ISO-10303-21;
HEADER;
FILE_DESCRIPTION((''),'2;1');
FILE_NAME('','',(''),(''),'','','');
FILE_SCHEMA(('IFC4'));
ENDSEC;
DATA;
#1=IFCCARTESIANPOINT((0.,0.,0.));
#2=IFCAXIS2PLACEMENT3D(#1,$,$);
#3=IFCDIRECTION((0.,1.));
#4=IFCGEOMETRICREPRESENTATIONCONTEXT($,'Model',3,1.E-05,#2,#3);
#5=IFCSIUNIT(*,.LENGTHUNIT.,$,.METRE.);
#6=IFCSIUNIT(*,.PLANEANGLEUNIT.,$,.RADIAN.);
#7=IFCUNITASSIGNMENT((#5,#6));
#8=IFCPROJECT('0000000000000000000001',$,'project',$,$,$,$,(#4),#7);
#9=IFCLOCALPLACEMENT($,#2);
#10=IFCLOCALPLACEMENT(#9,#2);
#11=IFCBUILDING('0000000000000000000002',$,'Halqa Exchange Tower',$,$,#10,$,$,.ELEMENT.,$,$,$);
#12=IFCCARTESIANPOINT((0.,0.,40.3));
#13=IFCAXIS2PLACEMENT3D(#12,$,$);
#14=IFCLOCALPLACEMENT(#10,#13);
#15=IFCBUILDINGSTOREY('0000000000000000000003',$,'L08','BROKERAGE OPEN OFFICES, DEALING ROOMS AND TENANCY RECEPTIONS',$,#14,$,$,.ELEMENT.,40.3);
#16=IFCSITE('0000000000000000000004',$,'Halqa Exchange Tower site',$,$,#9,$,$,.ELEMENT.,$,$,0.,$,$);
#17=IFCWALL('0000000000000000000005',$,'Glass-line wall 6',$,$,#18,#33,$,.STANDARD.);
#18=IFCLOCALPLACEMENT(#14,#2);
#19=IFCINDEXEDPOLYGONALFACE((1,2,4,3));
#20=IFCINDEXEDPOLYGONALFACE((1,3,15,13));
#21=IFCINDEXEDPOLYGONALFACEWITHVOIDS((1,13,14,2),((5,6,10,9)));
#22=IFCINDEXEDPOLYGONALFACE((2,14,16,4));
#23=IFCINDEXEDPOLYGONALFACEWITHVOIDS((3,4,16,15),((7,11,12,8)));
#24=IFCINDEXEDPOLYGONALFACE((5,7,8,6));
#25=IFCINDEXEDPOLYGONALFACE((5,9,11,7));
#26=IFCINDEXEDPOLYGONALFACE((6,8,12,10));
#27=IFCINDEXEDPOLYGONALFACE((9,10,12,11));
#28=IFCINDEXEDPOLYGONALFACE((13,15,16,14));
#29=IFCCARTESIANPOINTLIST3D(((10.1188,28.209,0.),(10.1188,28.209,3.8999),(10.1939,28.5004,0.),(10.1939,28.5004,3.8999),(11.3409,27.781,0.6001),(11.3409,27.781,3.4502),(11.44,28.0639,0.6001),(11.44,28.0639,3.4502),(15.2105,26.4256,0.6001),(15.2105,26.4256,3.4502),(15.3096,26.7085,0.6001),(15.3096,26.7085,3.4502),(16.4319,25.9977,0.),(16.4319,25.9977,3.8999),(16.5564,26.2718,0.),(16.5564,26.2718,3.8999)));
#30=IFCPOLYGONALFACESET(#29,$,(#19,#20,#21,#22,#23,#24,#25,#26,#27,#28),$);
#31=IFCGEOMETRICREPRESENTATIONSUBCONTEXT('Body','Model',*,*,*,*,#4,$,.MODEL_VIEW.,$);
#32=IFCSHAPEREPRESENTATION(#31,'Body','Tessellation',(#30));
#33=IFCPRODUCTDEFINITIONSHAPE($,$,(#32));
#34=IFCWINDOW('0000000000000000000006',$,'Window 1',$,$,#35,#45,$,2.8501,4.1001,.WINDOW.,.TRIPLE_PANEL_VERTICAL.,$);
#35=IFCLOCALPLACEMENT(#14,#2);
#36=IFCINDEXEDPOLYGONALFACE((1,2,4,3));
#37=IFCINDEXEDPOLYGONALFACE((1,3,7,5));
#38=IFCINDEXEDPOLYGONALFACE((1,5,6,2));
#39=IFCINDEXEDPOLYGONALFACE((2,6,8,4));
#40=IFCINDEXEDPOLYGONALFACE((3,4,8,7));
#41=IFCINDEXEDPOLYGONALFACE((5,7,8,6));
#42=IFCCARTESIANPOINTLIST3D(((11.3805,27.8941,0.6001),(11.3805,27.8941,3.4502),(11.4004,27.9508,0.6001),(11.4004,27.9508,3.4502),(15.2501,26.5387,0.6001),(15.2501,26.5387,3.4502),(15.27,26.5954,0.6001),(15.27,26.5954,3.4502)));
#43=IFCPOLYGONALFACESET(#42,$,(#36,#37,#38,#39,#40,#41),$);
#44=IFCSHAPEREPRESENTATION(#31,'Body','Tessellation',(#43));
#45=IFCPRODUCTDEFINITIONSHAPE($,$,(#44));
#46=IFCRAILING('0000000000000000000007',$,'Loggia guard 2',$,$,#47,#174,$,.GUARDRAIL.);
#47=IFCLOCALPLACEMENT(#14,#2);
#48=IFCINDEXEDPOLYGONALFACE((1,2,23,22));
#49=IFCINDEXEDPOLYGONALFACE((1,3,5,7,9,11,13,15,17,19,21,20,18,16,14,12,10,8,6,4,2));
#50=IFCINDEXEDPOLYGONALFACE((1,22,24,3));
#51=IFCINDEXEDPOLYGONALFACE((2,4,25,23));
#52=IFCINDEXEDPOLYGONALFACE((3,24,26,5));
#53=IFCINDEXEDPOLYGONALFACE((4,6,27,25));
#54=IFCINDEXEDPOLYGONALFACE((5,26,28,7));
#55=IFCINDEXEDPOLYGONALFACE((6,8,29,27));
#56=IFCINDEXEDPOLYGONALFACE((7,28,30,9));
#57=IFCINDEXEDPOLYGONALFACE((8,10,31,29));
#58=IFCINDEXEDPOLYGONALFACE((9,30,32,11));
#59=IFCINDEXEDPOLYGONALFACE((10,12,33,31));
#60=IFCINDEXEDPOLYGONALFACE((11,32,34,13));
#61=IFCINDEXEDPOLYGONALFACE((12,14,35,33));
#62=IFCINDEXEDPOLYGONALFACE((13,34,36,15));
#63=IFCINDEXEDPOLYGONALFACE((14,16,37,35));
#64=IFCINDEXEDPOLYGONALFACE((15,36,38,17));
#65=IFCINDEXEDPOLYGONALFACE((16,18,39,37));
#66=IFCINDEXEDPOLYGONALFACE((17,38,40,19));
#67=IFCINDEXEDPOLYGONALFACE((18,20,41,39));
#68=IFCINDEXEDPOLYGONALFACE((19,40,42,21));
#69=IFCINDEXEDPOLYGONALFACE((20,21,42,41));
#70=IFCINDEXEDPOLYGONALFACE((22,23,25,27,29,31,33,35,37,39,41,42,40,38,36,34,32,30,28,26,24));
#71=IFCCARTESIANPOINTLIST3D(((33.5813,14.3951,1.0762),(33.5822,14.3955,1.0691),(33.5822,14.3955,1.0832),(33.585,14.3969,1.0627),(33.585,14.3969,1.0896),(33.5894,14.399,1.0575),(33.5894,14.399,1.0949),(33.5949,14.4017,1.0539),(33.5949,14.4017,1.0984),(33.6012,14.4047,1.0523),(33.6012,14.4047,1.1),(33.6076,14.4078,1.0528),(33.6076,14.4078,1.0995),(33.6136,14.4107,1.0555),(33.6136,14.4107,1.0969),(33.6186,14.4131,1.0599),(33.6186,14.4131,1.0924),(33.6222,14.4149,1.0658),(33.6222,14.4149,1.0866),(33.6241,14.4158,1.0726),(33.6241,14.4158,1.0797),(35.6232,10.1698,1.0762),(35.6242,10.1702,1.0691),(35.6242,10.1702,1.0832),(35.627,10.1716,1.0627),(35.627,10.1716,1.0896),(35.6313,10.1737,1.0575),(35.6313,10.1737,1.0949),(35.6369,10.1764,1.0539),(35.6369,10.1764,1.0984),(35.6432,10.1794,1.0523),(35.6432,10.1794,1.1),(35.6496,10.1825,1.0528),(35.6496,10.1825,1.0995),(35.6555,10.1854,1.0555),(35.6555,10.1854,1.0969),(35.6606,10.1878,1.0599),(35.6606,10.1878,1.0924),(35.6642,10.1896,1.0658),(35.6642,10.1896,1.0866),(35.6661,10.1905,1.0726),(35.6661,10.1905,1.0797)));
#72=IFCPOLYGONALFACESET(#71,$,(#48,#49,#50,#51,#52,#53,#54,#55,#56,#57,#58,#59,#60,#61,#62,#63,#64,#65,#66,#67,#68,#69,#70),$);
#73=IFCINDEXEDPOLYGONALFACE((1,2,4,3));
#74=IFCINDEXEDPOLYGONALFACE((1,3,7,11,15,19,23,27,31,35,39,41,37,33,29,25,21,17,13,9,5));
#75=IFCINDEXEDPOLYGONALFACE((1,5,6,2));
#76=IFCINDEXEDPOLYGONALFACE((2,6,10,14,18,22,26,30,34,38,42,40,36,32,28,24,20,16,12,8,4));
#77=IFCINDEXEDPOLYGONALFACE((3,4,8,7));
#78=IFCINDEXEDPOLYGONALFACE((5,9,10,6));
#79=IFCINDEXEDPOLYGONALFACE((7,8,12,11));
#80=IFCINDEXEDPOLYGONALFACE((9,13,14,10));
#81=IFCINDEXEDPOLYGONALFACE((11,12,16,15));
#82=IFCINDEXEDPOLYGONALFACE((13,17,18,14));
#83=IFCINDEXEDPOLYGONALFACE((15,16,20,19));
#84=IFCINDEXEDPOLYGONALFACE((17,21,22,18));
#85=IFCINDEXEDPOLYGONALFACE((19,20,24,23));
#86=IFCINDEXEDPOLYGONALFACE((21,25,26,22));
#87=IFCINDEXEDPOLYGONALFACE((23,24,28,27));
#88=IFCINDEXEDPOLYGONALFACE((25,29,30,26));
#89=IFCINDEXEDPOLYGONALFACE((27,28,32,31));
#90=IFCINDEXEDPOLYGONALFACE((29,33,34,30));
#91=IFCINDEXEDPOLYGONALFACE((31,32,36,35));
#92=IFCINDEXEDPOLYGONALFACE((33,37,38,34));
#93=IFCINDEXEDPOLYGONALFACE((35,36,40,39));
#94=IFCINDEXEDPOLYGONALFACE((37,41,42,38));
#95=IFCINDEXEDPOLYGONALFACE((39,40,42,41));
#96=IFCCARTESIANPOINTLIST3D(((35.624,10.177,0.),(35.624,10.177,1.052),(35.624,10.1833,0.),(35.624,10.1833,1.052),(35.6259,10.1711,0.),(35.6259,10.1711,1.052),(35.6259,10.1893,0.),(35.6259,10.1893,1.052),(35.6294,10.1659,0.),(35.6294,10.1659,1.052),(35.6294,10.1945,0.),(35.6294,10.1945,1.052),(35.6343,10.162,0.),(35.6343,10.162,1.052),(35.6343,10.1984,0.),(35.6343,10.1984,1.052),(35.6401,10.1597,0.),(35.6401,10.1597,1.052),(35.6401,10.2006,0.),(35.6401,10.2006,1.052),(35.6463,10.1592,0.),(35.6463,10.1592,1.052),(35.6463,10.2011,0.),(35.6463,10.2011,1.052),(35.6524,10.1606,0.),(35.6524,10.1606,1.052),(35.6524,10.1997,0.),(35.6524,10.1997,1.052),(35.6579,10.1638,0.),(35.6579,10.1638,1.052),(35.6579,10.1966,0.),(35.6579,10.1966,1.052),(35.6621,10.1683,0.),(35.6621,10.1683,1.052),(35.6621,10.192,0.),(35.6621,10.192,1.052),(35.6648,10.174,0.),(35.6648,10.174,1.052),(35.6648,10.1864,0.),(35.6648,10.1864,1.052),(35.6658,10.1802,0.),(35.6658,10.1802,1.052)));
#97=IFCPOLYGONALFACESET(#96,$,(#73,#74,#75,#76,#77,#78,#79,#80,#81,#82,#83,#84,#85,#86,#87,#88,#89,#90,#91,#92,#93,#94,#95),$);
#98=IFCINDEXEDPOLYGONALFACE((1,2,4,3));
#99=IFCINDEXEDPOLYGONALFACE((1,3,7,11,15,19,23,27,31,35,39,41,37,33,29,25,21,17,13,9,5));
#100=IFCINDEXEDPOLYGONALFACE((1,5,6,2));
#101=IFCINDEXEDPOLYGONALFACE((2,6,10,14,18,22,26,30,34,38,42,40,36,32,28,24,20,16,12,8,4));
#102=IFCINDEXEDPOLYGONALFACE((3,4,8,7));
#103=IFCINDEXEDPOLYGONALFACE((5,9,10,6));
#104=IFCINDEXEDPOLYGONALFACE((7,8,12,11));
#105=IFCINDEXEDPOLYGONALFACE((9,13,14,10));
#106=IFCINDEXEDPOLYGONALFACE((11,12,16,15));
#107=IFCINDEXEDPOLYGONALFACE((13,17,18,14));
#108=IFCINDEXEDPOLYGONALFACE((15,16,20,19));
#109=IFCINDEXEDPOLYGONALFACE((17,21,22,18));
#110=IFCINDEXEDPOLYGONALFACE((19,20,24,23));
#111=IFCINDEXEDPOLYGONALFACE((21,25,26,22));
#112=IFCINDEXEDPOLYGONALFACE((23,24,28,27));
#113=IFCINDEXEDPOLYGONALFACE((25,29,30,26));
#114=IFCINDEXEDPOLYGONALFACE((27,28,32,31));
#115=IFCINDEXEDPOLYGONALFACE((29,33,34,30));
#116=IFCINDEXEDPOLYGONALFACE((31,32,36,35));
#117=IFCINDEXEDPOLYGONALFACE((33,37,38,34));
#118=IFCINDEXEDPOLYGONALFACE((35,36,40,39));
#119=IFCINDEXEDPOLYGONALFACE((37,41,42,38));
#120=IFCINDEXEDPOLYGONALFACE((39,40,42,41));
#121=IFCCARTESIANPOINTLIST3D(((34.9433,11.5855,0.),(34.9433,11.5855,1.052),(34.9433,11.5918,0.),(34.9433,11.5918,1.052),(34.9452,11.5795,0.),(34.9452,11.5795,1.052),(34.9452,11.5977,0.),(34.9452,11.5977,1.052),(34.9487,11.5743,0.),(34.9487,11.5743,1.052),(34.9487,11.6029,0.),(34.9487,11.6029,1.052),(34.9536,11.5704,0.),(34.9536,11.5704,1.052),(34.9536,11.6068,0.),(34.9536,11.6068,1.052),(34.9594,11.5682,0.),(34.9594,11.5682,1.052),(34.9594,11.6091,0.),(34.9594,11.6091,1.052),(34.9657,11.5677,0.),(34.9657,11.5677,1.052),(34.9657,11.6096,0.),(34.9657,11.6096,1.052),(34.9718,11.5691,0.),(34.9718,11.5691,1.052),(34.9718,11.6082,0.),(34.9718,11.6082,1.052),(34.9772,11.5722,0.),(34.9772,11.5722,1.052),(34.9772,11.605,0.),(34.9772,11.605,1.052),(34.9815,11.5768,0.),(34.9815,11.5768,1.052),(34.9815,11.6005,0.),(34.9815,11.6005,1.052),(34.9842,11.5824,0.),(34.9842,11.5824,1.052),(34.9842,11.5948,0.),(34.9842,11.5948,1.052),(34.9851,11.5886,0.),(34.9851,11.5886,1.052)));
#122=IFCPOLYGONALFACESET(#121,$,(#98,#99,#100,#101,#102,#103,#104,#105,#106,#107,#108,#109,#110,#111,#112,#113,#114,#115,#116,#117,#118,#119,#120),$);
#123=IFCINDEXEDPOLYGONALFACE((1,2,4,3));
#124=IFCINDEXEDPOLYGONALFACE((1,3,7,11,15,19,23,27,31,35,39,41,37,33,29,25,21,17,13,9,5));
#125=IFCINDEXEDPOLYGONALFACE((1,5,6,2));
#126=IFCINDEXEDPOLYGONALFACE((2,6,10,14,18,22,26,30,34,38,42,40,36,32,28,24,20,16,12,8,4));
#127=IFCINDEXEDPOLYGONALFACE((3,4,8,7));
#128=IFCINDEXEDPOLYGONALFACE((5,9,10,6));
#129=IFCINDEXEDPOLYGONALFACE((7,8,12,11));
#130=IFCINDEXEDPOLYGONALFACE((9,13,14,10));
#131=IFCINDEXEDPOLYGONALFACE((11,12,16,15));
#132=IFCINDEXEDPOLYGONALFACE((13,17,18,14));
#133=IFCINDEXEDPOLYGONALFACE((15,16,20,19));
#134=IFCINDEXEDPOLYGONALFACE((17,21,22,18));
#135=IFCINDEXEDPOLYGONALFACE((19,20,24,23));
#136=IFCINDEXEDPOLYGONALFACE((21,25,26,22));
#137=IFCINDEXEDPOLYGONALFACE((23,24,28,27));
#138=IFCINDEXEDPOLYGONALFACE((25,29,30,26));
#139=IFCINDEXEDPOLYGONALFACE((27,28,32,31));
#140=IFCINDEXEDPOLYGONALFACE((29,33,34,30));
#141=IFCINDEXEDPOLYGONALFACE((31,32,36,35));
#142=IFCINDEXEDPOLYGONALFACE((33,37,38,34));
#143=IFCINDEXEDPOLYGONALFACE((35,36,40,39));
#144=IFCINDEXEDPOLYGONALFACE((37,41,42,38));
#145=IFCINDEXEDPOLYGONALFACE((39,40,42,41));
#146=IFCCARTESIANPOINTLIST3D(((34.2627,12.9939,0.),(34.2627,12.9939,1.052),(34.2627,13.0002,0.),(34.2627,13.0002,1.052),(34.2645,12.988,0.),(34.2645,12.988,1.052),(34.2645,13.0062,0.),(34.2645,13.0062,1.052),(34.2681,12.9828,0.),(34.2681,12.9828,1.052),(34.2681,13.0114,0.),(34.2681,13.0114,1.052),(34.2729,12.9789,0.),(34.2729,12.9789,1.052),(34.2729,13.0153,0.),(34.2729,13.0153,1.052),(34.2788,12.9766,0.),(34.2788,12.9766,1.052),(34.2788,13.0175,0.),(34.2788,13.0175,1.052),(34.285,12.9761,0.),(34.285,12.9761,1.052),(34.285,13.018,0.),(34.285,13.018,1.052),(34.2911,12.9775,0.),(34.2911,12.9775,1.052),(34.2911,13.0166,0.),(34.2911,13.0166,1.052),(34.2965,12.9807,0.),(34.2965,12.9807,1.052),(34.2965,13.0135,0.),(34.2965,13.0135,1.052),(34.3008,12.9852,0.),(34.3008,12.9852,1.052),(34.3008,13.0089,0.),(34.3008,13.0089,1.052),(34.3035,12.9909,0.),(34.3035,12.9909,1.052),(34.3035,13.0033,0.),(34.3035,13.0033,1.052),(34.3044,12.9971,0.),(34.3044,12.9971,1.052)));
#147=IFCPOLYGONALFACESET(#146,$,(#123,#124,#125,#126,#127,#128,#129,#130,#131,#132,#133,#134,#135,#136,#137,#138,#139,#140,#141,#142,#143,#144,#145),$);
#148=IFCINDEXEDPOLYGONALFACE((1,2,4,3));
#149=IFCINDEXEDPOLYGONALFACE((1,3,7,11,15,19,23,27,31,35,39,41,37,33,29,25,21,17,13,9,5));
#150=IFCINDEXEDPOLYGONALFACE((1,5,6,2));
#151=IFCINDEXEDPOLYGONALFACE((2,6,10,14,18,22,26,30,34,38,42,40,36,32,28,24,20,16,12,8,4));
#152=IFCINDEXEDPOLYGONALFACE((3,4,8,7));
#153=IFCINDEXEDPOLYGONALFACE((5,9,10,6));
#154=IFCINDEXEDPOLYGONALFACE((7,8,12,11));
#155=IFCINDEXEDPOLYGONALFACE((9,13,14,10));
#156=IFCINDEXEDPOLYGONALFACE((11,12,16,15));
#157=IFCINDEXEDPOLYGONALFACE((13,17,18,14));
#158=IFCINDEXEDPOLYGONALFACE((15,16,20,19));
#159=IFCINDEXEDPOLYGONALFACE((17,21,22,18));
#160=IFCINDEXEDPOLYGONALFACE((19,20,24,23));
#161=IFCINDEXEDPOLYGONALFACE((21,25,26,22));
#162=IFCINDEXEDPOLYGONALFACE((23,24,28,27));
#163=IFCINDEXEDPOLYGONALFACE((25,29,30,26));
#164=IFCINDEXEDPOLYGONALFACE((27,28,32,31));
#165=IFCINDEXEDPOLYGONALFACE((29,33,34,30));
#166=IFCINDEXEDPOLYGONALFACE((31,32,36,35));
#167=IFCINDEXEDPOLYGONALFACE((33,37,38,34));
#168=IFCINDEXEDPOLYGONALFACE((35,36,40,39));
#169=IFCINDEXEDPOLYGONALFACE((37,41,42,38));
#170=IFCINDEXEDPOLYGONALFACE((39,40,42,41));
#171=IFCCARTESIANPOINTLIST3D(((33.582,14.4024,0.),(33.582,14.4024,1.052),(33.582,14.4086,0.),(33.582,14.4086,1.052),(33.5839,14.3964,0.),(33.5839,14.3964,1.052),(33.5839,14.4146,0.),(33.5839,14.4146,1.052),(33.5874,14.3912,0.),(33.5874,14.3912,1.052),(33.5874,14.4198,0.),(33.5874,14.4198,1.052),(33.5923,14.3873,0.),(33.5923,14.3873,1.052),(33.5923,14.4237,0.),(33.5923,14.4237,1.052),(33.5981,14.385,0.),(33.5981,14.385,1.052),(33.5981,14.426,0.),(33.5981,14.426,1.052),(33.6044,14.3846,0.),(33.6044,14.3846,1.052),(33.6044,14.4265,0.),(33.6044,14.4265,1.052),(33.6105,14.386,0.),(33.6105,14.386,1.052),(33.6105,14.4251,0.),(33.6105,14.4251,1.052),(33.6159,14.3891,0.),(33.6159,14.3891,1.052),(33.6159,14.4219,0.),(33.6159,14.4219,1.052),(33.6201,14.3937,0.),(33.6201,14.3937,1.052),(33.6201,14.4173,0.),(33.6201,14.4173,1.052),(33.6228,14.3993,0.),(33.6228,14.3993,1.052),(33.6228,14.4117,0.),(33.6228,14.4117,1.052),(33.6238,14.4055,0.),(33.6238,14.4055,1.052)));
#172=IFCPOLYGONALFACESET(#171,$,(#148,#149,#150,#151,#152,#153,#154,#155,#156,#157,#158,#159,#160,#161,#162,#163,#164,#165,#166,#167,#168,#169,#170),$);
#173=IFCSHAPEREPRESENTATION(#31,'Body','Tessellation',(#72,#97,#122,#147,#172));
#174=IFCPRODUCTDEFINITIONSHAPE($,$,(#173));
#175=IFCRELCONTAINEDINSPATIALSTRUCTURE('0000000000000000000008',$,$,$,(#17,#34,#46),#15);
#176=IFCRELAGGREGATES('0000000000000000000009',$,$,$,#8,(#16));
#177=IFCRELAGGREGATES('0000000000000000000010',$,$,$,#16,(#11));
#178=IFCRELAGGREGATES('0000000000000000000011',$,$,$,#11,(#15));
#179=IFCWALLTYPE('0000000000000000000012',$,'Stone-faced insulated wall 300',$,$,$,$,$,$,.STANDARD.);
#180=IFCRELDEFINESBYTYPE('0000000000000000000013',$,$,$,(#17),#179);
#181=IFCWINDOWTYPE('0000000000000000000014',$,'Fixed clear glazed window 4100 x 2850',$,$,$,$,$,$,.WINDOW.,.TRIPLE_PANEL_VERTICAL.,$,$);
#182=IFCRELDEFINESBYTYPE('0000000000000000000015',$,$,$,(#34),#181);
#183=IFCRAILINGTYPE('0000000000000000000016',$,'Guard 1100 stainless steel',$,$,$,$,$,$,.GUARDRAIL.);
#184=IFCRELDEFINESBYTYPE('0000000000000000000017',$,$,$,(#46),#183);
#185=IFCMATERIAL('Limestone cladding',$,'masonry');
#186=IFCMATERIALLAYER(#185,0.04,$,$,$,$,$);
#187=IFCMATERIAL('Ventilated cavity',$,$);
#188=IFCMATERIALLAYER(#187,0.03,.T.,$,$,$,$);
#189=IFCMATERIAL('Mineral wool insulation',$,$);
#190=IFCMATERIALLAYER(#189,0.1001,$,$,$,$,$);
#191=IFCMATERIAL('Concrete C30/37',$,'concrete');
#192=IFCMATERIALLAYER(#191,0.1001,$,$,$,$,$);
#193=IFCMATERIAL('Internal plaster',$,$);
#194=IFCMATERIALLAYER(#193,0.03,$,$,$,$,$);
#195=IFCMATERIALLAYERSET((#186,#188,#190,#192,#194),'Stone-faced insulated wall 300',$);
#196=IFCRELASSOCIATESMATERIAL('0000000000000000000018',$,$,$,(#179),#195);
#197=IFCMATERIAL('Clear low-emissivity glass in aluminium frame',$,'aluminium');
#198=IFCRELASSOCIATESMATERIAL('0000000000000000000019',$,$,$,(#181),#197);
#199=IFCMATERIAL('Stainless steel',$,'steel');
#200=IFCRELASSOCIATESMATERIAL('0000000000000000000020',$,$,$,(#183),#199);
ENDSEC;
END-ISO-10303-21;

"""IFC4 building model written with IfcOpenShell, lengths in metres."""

from ifc_helpers import new_model, si_unit, direction, frame, frame_2d, origin, origin_2d, place, context, subcontext, project, spatial, polyline, rectangle, circle, outline, extrude, material, layer, layer_set, type_object, element, fill, save


model = new_model("IFC4")

# Units and contexts
model_context = context("Model", 3, precision=1e-05, world=origin(), true_north=direction((0.0, 1.0)))
body_context = subcontext(model_context, "Body", "Model", "MODEL_VIEW")
ifc_project = project(units=[si_unit("LENGTHUNIT", "METRE"), si_unit("PLANEANGLEUNIT", "RADIAN")], contexts=[model_context])

# Site, building, storey
site_placement = place(None, origin())
site = spatial("IfcSite", under=ifc_project, at=site_placement, Name="Halqa Exchange Tower site", CompositionType="ELEMENT", RefElevation=0.0)
building_placement = place(site_placement, origin())
building = spatial("IfcBuilding", under=site, at=building_placement, Name="Halqa Exchange Tower", CompositionType="ELEMENT")
storey_placement = place(building_placement, frame((0.0, 0.0, 40.3)))
storey = spatial("IfcBuildingStorey", under=building, at=storey_placement, Name="L08", Description="BROKERAGE OPEN OFFICES, DEALING ROOMS AND TENANCY RECEPTIONS", CompositionType="ELEMENT", Elevation=40.3)

# Shared definitions
ifc_material_1 = material(Name="Limestone cladding", Category="masonry")
ifc_layer_1 = layer(ifc_material_1, 0.04)
ifc_material_2 = material(Name="Ventilated cavity")
ifc_layer_2 = layer(ifc_material_2, 0.03, ventilated=True)
ifc_material_3 = material(Name="Mineral wool insulation")
ifc_layer_3 = layer(ifc_material_3, 0.1001)
ifc_material_4 = material(Name="Concrete C30/37", Category="concrete")
ifc_layer_4 = layer(ifc_material_4, 0.1001)
ifc_material_5 = material(Name="Internal plaster")
ifc_layer_5 = layer(ifc_material_5, 0.03)
ifc_layer_set_1 = layer_set([ifc_layer_1, ifc_layer_2, ifc_layer_3, ifc_layer_4, ifc_layer_5], Name="Stone-faced insulated wall 300")
wall_type_1 = type_object("IfcWallType", Name="Stone-faced insulated wall 300", PredefinedType="STANDARD", material=ifc_layer_set_1)
ifc_material_6 = material(Name="Clear low-emissivity glass in aluminium frame", Category="aluminium")
window_type = type_object("IfcWindowType", Name="Fixed clear glazed window 4100 x 2850", PartitioningType="TRIPLE_PANEL_VERTICAL", PredefinedType="WINDOW", material=ifc_material_6)

# Wall, opening, window
wall_1_placement = place(storey_placement, frame((16.4941, 26.1348, 0.0), z_axis=(0.0, 0.0, 1.0), x_axis=(-0.943779, 0.330577, 0.0)))
wall_1 = element("IfcWall", 1, at=wall_1_placement, inside=storey, type_object=wall_type_1, Name="Glass-line wall 6", PredefinedType="STANDARD", context=body_context, shape_type="SweptSolid", body=[
    extrude(outline(polyline([(-0.0134, -0.1499), (6.728, -0.1499), (6.7026, 0.1499), (0.0134, 0.1499), (-0.0134, -0.1499)])), origin(), (0.0, 0.0, 1.0), 3.8999),
])
opening_1_placement = place(wall_1_placement, frame((1.3076, 0.0, 0.6001)))
opening_1 = element("IfcOpeningElement", 2, at=opening_1_placement, cuts=wall_1, PredefinedType="OPENING", context=body_context, shape_type="SweptSolid", body=[
    extrude(rectangle(XDim=4.1001, YDim=2.8501, at=frame_2d((2.05, 1.425))), frame((0.0, 0.1621, 0.0), z_axis=(0.0, -1.0, 0.0), x_axis=(1.0, 0.0, 0.0)), (0.0, 0.0, 1.0), 0.324),
])
window_1_placement = place(opening_1_placement, origin())
window_1 = element("IfcWindow", 3, at=window_1_placement, inside=storey, type_object=window_type, Name="Window 1", OverallHeight=2.8501, OverallWidth=4.1001, PartitioningType="TRIPLE_PANEL_VERTICAL", PredefinedType="WINDOW", context=body_context, shape_type="SweptSolid", body=[
    extrude(rectangle(XDim=4.1001, YDim=2.8501, at=frame_2d((2.05, 1.425))), frame((0.0, 0.03, 0.0), z_axis=(0.0, -1.0, 0.0), x_axis=(1.0, 0.0, 0.0)), (0.0, 0.0, 1.0), 0.0601),
])
fill(opening_1, window_1)

# Railing
ifc_material_7 = material(Name="Stainless steel", Category="steel")
railing_type = type_object("IfcRailingType", Name="Guard 1100 stainless steel", PredefinedType="GUARDRAIL", material=ifc_material_7)
railing_1_placement = place(storey_placement, frame((35.6448, 10.1802, 0.0)))
element("IfcRailing", 4, at=railing_1_placement, inside=storey, type_object=railing_type, Name="Loggia guard 2", PredefinedType="GUARDRAIL", context=body_context, shape_type="SweptSolid", body=[
    extrude(circle(Radius=0.0239, at=origin_2d()), frame((0.0, 0.0, 1.0762), z_axis=(-0.435124, 0.90037, 0.0), x_axis=(-0.90037, -0.435124, 0.0)), (0.0, 0.0, 1.0), 4.6929),
    extrude(circle(Radius=0.021, at=origin_2d()), origin(), (0.0, 0.0, 1.0), 1.052),
    extrude(circle(Radius=0.021, at=origin_2d()), frame((-0.6807, 1.4084, 0.0)), (0.0, 0.0, 1.0), 1.052),
    extrude(circle(Radius=0.021, at=origin_2d()), frame((-1.3613, 2.8169, 0.0)), (0.0, 0.0, 1.0), 1.052),
    extrude(circle(Radius=0.021, at=origin_2d()), frame((-2.042, 4.2253, 0.0)), (0.0, 0.0, 1.0), 1.052),
])

save(model, "model.ifc")
